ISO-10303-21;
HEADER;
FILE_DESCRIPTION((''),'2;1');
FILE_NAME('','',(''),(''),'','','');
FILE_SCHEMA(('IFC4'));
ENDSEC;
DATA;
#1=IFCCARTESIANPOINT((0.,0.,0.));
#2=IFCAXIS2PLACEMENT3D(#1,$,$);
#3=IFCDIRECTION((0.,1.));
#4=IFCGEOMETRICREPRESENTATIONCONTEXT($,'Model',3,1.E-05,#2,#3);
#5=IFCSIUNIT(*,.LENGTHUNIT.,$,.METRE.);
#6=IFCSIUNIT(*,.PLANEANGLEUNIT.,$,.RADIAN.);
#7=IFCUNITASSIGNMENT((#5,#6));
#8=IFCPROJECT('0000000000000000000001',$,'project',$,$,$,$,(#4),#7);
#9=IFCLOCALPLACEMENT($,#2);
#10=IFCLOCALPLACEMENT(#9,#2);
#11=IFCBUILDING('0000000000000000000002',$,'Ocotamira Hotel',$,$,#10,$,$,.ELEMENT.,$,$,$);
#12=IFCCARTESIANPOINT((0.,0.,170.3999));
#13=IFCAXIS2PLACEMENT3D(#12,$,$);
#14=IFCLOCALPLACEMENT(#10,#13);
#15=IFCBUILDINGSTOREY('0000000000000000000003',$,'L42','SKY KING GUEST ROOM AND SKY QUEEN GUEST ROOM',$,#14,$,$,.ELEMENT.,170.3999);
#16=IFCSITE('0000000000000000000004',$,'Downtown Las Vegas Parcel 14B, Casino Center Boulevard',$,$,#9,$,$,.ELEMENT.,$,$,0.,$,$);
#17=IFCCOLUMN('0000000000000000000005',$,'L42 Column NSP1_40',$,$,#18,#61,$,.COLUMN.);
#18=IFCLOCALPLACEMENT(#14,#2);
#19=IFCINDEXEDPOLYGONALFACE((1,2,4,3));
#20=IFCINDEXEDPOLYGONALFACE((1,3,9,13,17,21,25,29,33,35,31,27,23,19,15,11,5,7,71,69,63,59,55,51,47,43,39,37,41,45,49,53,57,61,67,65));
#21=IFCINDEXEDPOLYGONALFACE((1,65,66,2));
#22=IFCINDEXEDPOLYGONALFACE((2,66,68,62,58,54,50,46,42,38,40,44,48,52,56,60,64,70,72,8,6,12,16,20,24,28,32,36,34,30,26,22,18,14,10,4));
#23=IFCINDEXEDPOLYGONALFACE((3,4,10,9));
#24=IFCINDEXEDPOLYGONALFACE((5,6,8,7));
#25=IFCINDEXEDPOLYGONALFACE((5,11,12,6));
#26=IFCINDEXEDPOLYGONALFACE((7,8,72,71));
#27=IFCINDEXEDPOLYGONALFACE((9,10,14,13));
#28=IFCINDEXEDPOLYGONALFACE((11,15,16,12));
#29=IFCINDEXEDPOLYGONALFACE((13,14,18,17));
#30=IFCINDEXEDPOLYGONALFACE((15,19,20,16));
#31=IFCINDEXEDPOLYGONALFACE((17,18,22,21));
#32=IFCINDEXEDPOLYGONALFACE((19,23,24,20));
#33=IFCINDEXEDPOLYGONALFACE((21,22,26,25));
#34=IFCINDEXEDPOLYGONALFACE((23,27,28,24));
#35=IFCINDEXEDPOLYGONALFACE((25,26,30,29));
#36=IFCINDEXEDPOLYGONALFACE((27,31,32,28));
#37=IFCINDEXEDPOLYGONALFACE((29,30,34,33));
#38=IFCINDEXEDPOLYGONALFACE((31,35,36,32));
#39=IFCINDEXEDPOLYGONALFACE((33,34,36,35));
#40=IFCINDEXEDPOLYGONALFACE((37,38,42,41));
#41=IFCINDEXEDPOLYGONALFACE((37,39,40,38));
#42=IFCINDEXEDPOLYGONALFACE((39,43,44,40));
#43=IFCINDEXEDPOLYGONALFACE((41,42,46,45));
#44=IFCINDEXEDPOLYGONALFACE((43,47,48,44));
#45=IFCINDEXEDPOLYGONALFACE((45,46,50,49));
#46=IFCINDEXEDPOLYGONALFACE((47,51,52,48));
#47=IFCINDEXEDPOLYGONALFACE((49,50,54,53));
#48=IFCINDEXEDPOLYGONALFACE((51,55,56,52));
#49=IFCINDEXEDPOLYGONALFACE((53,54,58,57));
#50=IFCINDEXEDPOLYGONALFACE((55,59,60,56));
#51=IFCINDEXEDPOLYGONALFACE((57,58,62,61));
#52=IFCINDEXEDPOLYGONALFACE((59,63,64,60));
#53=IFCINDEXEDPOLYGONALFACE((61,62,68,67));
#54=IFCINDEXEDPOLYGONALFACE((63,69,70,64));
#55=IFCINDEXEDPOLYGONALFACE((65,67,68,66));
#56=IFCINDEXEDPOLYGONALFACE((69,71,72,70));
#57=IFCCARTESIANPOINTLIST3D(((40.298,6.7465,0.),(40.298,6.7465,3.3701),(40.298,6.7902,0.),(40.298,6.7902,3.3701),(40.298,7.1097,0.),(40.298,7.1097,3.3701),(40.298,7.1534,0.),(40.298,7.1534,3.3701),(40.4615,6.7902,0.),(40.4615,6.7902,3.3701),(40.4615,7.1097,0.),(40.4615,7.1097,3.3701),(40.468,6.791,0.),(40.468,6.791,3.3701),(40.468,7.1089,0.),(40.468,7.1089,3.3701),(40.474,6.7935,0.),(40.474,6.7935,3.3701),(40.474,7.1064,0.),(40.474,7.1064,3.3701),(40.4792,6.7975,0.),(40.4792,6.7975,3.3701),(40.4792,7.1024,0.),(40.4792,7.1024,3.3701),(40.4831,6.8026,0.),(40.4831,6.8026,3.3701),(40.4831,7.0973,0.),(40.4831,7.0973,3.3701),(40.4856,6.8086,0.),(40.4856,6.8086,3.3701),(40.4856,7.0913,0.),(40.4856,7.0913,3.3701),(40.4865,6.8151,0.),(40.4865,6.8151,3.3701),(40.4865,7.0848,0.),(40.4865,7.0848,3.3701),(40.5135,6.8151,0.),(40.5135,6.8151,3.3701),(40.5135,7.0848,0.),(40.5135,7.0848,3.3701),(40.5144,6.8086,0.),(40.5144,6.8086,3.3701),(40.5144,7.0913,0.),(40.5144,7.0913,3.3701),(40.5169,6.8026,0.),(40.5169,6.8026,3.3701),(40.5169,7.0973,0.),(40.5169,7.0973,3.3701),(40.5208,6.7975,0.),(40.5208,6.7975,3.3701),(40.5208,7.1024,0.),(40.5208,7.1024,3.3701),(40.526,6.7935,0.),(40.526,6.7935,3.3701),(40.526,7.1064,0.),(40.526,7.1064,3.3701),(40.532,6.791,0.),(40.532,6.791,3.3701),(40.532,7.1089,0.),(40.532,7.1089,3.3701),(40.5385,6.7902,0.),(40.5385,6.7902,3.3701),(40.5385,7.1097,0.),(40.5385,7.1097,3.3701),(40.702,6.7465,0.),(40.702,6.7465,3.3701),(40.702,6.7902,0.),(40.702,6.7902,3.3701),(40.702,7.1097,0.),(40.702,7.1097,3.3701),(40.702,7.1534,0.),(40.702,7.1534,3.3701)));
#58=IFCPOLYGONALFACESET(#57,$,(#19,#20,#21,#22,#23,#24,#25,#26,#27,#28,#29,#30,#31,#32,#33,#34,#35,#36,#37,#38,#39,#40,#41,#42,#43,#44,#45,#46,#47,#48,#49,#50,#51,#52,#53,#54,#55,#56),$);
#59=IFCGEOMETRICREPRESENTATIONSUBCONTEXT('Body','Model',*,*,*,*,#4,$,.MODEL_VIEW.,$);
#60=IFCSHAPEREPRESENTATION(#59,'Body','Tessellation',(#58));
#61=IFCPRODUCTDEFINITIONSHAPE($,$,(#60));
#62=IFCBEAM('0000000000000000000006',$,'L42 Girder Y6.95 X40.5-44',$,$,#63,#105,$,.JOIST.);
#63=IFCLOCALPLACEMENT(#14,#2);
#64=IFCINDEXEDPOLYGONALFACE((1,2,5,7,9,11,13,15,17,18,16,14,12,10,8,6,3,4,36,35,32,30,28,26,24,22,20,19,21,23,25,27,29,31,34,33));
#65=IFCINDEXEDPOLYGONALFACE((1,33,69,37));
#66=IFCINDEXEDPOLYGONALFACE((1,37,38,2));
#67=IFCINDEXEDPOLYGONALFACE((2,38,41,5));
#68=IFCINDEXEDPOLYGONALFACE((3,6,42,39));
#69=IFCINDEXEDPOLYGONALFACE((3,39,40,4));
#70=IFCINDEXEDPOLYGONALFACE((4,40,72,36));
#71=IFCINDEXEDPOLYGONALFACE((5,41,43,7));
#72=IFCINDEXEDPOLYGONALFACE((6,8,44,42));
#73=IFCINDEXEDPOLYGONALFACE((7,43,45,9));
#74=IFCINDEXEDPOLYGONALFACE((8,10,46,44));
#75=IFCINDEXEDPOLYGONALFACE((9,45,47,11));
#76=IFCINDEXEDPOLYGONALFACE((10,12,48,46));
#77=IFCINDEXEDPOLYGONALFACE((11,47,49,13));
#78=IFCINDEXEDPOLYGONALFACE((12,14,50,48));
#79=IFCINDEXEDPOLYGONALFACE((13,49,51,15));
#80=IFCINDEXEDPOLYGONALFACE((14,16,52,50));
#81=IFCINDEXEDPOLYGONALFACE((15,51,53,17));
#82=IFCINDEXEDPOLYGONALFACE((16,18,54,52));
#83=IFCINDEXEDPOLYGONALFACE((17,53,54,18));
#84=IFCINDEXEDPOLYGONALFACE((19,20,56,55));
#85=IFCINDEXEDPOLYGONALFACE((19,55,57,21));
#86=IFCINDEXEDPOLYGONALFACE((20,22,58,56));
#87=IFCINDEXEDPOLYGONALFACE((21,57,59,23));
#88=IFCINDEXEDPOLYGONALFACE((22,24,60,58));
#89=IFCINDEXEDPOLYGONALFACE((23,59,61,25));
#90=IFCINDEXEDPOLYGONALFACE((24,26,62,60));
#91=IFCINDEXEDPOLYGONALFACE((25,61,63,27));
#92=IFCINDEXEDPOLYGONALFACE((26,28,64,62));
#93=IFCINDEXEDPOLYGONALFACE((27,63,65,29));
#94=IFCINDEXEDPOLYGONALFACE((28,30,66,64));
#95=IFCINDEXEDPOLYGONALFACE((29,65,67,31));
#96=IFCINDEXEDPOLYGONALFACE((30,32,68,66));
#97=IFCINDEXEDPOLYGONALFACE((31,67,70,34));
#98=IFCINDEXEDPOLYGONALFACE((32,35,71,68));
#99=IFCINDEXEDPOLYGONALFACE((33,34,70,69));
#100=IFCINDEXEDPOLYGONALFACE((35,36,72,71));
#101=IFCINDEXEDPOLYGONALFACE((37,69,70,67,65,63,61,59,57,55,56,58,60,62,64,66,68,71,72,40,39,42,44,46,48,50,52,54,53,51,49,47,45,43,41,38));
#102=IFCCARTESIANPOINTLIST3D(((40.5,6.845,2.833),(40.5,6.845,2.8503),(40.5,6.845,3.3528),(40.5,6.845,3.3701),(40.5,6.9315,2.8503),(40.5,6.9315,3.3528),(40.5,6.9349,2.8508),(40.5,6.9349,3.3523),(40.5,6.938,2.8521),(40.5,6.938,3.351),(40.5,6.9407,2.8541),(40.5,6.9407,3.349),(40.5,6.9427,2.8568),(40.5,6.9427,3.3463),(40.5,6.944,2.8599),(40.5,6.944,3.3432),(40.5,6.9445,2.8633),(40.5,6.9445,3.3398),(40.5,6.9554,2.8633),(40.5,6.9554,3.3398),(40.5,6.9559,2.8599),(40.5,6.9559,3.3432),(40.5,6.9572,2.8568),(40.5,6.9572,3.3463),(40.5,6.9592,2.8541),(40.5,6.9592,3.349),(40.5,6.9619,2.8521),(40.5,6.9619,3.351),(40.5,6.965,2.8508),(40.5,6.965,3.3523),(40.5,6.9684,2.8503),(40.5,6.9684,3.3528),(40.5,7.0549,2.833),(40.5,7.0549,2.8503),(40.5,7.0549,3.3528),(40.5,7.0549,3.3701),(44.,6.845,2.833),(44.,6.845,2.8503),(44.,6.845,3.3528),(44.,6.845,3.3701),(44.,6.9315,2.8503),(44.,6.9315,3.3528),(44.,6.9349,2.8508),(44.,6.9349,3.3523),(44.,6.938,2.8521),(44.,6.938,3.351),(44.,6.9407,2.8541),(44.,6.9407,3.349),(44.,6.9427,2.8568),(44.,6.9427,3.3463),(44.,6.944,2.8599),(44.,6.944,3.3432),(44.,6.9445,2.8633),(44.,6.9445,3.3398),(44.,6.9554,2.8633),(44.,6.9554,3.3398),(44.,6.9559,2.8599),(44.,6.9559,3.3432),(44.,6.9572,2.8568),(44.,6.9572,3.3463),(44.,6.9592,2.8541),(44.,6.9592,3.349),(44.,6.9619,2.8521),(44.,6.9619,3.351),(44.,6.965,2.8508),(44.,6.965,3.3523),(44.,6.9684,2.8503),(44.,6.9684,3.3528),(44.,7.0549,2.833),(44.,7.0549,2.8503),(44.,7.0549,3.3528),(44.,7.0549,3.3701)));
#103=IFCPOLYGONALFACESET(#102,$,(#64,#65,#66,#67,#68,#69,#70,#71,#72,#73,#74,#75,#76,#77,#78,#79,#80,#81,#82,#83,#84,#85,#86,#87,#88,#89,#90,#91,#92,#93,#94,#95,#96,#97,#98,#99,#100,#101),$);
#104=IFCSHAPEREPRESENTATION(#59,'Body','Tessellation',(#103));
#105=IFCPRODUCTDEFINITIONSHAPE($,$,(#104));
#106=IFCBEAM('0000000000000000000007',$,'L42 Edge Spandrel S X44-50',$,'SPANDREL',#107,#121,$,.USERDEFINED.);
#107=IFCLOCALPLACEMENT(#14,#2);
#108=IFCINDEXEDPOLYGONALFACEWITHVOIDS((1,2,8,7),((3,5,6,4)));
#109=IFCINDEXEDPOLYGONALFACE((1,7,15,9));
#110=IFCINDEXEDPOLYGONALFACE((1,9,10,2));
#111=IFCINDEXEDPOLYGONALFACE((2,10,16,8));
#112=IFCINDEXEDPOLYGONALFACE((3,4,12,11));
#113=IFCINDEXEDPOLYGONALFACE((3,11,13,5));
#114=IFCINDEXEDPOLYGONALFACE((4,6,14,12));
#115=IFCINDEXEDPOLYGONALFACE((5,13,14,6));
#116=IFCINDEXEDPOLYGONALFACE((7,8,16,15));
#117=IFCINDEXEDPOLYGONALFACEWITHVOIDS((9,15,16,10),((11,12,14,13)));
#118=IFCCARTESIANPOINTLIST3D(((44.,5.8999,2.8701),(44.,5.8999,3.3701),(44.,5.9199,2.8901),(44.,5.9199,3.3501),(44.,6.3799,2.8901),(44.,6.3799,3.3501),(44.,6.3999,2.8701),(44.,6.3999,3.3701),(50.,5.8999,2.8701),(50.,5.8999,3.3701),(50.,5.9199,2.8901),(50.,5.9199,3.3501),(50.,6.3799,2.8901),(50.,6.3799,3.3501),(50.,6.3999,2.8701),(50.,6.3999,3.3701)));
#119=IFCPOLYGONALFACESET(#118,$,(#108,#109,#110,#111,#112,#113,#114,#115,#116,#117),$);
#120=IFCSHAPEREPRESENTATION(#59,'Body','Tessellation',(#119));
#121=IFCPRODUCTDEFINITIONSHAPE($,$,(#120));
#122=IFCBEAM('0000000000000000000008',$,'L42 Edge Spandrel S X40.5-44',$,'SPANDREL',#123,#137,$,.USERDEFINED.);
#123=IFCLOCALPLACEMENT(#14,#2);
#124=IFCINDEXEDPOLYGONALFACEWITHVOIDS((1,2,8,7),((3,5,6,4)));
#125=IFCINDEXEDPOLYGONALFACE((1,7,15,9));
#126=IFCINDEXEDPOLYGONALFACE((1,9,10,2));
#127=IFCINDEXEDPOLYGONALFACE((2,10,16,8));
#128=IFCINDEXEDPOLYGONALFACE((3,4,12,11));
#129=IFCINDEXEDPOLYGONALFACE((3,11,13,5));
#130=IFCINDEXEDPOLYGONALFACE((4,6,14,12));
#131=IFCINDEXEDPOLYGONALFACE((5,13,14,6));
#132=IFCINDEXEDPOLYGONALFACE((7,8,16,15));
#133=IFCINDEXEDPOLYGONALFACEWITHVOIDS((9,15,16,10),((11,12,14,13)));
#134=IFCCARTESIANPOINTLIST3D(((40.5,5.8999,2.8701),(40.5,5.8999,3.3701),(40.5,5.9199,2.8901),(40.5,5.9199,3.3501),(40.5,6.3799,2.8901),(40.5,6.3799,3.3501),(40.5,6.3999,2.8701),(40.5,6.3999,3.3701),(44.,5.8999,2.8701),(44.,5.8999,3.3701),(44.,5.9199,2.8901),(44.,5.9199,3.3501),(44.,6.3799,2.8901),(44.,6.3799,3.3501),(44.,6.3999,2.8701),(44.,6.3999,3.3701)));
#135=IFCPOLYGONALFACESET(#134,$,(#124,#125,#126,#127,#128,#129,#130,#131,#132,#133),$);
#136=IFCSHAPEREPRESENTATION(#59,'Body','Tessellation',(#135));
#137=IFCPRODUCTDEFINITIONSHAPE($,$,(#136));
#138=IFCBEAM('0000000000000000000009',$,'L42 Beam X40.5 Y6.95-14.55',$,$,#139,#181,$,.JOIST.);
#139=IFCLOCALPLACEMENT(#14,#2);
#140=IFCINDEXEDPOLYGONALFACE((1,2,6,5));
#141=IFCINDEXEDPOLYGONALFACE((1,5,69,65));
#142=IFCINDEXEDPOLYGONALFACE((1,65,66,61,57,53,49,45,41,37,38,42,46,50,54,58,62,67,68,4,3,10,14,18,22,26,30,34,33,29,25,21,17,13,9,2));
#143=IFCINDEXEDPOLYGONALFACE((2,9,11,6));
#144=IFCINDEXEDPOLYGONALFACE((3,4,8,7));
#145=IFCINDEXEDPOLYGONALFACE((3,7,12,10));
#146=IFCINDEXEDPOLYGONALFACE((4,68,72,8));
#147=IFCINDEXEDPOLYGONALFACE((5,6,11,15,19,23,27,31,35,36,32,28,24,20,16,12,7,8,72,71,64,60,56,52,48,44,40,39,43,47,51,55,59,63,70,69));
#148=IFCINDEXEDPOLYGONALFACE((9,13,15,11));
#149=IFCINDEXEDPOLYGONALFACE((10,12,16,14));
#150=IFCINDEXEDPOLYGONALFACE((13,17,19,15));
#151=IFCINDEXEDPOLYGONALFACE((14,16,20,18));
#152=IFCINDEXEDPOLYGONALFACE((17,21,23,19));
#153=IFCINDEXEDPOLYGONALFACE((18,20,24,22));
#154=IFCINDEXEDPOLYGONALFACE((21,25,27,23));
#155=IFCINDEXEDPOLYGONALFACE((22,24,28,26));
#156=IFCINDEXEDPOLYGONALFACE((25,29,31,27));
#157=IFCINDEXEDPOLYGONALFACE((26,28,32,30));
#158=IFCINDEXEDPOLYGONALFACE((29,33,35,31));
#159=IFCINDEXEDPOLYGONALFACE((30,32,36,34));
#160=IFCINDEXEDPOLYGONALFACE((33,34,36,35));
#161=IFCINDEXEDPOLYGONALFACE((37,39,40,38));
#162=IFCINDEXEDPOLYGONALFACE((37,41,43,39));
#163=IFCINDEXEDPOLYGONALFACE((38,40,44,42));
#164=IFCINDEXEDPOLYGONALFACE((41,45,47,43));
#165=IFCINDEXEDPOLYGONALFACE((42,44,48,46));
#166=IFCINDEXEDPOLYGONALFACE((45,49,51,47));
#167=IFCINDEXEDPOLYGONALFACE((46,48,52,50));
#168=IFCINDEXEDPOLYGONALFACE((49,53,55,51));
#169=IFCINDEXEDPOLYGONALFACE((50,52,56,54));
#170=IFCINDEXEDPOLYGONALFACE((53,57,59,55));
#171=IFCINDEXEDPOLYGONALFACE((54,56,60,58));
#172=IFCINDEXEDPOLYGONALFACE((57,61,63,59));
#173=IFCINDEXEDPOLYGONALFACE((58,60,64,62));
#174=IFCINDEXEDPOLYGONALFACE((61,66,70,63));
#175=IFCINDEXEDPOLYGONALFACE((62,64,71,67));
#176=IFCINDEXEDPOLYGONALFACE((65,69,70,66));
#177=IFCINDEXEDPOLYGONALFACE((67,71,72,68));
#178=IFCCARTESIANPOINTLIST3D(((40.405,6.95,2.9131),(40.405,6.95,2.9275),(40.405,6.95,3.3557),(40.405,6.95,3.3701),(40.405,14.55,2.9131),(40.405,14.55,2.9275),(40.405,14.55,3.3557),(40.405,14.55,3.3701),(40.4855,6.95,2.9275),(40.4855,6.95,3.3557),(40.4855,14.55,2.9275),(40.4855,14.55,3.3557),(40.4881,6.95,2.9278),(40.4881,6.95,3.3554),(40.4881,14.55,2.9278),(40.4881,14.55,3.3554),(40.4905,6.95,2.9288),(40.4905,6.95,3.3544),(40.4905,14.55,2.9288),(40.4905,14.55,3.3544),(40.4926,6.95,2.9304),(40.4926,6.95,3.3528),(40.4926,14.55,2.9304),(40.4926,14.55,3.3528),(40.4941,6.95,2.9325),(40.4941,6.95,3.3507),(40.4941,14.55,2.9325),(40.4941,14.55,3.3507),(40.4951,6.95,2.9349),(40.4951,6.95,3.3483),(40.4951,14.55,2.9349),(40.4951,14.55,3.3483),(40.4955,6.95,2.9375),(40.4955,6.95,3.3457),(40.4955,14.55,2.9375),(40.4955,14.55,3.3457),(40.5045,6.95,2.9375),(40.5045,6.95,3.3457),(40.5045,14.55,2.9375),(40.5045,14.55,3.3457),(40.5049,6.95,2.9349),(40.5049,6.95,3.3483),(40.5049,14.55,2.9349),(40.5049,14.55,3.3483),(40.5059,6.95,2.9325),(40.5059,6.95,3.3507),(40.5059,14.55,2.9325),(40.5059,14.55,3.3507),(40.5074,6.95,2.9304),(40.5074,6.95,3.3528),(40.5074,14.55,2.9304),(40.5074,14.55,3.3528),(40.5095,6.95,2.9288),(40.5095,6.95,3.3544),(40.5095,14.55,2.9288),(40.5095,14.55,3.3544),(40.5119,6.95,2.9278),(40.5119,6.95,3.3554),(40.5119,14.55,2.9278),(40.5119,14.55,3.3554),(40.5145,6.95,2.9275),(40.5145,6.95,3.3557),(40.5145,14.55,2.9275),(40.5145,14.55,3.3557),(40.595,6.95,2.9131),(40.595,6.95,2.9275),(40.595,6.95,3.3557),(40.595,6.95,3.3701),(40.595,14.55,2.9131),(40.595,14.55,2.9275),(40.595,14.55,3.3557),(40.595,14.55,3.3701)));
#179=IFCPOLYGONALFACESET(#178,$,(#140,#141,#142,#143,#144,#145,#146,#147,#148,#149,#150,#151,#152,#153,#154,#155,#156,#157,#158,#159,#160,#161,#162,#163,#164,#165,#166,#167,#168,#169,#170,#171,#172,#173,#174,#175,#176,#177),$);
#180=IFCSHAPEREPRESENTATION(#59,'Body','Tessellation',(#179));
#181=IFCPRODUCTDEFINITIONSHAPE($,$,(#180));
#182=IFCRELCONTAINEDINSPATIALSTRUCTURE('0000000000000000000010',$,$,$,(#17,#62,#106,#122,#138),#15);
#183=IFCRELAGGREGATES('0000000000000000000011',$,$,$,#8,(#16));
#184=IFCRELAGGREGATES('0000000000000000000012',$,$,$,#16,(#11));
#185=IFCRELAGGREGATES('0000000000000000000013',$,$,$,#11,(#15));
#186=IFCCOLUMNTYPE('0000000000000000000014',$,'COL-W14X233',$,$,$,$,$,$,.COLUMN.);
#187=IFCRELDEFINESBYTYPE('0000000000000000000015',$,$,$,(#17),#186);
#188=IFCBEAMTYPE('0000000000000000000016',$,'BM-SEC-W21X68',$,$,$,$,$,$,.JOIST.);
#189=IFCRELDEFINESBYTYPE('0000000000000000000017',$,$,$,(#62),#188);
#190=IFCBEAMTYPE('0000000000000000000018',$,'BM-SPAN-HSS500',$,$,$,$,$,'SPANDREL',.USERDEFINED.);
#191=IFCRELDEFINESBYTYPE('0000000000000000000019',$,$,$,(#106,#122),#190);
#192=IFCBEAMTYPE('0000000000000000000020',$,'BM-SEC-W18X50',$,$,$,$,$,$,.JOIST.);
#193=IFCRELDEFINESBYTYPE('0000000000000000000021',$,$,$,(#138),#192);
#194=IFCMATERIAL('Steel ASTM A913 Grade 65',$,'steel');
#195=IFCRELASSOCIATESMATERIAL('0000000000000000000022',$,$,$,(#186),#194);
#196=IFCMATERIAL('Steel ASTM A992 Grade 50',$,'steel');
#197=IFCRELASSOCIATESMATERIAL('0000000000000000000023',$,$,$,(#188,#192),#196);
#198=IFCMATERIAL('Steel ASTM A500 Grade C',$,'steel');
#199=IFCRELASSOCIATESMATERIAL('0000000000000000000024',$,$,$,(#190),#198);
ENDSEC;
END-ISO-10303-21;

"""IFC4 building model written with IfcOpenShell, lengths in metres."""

from ifc_helpers import new_model, si_unit, direction, frame, origin, origin_2d, place, context, subcontext, project, spatial, hollow_rectangle, i_section, extrude, source, transform, mapped, material, material_profile, profile_set, type_object, element, save


model = new_model("IFC4")

# Units and contexts
model_context = context("Model", 3, precision=1e-05, world=origin(), true_north=direction((0.0, 1.0)))
body_context = subcontext(model_context, "Body", "Model", "MODEL_VIEW")
ifc_project = project(units=[si_unit("LENGTHUNIT", "METRE"), si_unit("PLANEANGLEUNIT", "RADIAN")], contexts=[model_context])

# Site, building, storey
site_placement = place(None, origin())
site = spatial("IfcSite", under=ifc_project, at=site_placement, Name="Downtown Las Vegas Parcel 14B, Casino Center Boulevard", CompositionType="ELEMENT", RefElevation=0.0)
building_placement = place(site_placement, origin())
building = spatial("IfcBuilding", under=site, at=building_placement, Name="Ocotamira Hotel", CompositionType="ELEMENT")
storey_placement = place(building_placement, frame((0.0, 0.0, 170.3999)))
storey = spatial("IfcBuildingStorey", under=building, at=storey_placement, Name="L42", Description="SKY KING GUEST ROOM AND SKY QUEEN GUEST ROOM", CompositionType="ELEMENT", Elevation=170.3999)

# Column
ifc_material_1 = material(Name="Steel ASTM A913 Grade 65", Category="steel")
ifc_material_profile_1 = material_profile(ifc_material_1, i_section(OverallWidth=0.4041, OverallDepth=0.407, WebThickness=0.0271, FlangeThickness=0.0437, FilletRadius=0.0249, at=origin_2d()), Name="W14X233")
ifc_profile_set_1 = profile_set([ifc_material_profile_1], Name="Steel ASTM A913 Grade 65")
column_type = type_object("IfcColumnType", Name="COL-W14X233", PredefinedType="COLUMN", material=ifc_profile_set_1)
shared_shape_1 = source(origin(), body_context, "Body", "SweptSolid", [
    extrude(i_section(OverallWidth=0.4041, OverallDepth=0.407, WebThickness=0.0271, FlangeThickness=0.0437, FilletRadius=0.0249, at=origin_2d()), origin(), (0.0, 0.0, 1.0), 3.3701),
])
column_placement = place(storey_placement, frame((40.5, 6.95, 0.0), z_axis=(0.0, 0.0, 1.0), x_axis=(1.0, 0.0, 0.0)))
element("IfcColumn", 1, at=column_placement, inside=storey, type_object=column_type, Name="L42 Column NSP1_40", PredefinedType="COLUMN", context=body_context, shape_type="MappedRepresentation", body=[
    mapped(shared_shape_1, transform((0.0, 0.0, 0.0), scale=1.0)),
])

# Beams
ifc_material_2 = material(Name="Steel ASTM A992 Grade 50", Category="steel")
ifc_material_profile_2 = material_profile(ifc_material_2, i_section(OverallWidth=0.21, OverallDepth=0.5371, WebThickness=0.011, FlangeThickness=0.0173, FilletRadius=0.0129, at=origin_2d()), Name="W21X68")
ifc_profile_set_2 = profile_set([ifc_material_profile_2], Name="Steel ASTM A992 Grade 50")
beam_type_1 = type_object("IfcBeamType", Name="BM-SEC-W21X68", PredefinedType="JOIST", material=ifc_profile_set_2)
shared_shape_2 = source(origin(), body_context, "Body", "SweptSolid", [
    extrude(i_section(OverallWidth=0.21, OverallDepth=0.5371, WebThickness=0.011, FlangeThickness=0.0173, FilletRadius=0.0129, at=origin_2d()), origin(), (0.0, 0.0, 1.0), 3.5),
])
beam_1_placement = place(storey_placement, frame((40.5, 6.95, 3.1016), z_axis=(1.0, 0.0, 0.0), x_axis=(0.0, 1.0, 0.0)))
element("IfcBeam", 2, at=beam_1_placement, inside=storey, type_object=beam_type_1, Name="L42 Girder Y6.95 X40.5-44", PredefinedType="JOIST", context=body_context, shape_type="MappedRepresentation", body=[
    mapped(shared_shape_2, transform((0.0, 0.0, 0.0), scale=1.0)),
])
ifc_material_3 = material(Name="Steel ASTM A500 Grade C", Category="steel")
ifc_material_profile_3 = material_profile(ifc_material_3, hollow_rectangle(XDim=0.5, YDim=0.5, WallThickness=0.02, at=origin_2d()), Name="HSS500X500X20")
ifc_profile_set_3 = profile_set([ifc_material_profile_3], Name="Steel ASTM A500 Grade C")
beam_type_2 = type_object("IfcBeamType", Name="BM-SPAN-HSS500", ElementType="SPANDREL", PredefinedType="USERDEFINED", material=ifc_profile_set_3)
shared_shape_3 = source(origin(), body_context, "Body", "SweptSolid", [
    extrude(hollow_rectangle(XDim=0.5, YDim=0.5, WallThickness=0.02, at=origin_2d()), origin(), (0.0, 0.0, 1.0), 6.0),
])
beam_2_placement = place(storey_placement, frame((44.0, 6.1499, 3.1201), z_axis=(1.0, 0.0, 0.0), x_axis=(0.0, 1.0, 0.0)))
element("IfcBeam", 3, at=beam_2_placement, inside=storey, type_object=beam_type_2, Name="L42 Edge Spandrel S X44-50", ObjectType="SPANDREL", PredefinedType="USERDEFINED", context=body_context, shape_type="MappedRepresentation", body=[
    mapped(shared_shape_3, transform((0.0, 0.0, 0.0), scale=1.0)),
])
shared_shape_4 = source(origin(), body_context, "Body", "SweptSolid", [
    extrude(hollow_rectangle(XDim=0.5, YDim=0.5, WallThickness=0.02, at=origin_2d()), origin(), (0.0, 0.0, 1.0), 3.5),
])
beam_3_placement = place(storey_placement, frame((40.5, 6.1499, 3.1201), z_axis=(1.0, 0.0, 0.0), x_axis=(0.0, 1.0, 0.0)))
element("IfcBeam", 4, at=beam_3_placement, inside=storey, type_object=beam_type_2, Name="L42 Edge Spandrel S X40.5-44", ObjectType="SPANDREL", PredefinedType="USERDEFINED", context=body_context, shape_type="MappedRepresentation", body=[
    mapped(shared_shape_4, transform((0.0, 0.0, 0.0), scale=1.0)),
])
ifc_material_profile_4 = material_profile(ifc_material_2, i_section(OverallWidth=0.1899, OverallDepth=0.457, WebThickness=0.009, FlangeThickness=0.0144, FilletRadius=0.01, at=origin_2d()), Name="W18X50")
ifc_profile_set_4 = profile_set([ifc_material_profile_4], Name="Steel ASTM A992 Grade 50")
beam_type_3 = type_object("IfcBeamType", Name="BM-SEC-W18X50", PredefinedType="JOIST", material=ifc_profile_set_4)
shared_shape_5 = source(origin(), body_context, "Body", "SweptSolid", [
    extrude(i_section(OverallWidth=0.1899, OverallDepth=0.457, WebThickness=0.009, FlangeThickness=0.0144, FilletRadius=0.01, at=origin_2d()), origin(), (0.0, 0.0, 1.0), 7.6001),
])
beam_4_placement = place(storey_placement, frame((40.5, 6.95, 3.1416), z_axis=(0.0, 1.0, 0.0), x_axis=(-1.0, 0.0, 0.0)))
element("IfcBeam", 5, at=beam_4_placement, inside=storey, type_object=beam_type_3, Name="L42 Beam X40.5 Y6.95-14.55", PredefinedType="JOIST", context=body_context, shape_type="MappedRepresentation", body=[
    mapped(shared_shape_5, transform((0.0, 0.0, 0.0), scale=1.0)),
])

save(model, "model.ifc")
